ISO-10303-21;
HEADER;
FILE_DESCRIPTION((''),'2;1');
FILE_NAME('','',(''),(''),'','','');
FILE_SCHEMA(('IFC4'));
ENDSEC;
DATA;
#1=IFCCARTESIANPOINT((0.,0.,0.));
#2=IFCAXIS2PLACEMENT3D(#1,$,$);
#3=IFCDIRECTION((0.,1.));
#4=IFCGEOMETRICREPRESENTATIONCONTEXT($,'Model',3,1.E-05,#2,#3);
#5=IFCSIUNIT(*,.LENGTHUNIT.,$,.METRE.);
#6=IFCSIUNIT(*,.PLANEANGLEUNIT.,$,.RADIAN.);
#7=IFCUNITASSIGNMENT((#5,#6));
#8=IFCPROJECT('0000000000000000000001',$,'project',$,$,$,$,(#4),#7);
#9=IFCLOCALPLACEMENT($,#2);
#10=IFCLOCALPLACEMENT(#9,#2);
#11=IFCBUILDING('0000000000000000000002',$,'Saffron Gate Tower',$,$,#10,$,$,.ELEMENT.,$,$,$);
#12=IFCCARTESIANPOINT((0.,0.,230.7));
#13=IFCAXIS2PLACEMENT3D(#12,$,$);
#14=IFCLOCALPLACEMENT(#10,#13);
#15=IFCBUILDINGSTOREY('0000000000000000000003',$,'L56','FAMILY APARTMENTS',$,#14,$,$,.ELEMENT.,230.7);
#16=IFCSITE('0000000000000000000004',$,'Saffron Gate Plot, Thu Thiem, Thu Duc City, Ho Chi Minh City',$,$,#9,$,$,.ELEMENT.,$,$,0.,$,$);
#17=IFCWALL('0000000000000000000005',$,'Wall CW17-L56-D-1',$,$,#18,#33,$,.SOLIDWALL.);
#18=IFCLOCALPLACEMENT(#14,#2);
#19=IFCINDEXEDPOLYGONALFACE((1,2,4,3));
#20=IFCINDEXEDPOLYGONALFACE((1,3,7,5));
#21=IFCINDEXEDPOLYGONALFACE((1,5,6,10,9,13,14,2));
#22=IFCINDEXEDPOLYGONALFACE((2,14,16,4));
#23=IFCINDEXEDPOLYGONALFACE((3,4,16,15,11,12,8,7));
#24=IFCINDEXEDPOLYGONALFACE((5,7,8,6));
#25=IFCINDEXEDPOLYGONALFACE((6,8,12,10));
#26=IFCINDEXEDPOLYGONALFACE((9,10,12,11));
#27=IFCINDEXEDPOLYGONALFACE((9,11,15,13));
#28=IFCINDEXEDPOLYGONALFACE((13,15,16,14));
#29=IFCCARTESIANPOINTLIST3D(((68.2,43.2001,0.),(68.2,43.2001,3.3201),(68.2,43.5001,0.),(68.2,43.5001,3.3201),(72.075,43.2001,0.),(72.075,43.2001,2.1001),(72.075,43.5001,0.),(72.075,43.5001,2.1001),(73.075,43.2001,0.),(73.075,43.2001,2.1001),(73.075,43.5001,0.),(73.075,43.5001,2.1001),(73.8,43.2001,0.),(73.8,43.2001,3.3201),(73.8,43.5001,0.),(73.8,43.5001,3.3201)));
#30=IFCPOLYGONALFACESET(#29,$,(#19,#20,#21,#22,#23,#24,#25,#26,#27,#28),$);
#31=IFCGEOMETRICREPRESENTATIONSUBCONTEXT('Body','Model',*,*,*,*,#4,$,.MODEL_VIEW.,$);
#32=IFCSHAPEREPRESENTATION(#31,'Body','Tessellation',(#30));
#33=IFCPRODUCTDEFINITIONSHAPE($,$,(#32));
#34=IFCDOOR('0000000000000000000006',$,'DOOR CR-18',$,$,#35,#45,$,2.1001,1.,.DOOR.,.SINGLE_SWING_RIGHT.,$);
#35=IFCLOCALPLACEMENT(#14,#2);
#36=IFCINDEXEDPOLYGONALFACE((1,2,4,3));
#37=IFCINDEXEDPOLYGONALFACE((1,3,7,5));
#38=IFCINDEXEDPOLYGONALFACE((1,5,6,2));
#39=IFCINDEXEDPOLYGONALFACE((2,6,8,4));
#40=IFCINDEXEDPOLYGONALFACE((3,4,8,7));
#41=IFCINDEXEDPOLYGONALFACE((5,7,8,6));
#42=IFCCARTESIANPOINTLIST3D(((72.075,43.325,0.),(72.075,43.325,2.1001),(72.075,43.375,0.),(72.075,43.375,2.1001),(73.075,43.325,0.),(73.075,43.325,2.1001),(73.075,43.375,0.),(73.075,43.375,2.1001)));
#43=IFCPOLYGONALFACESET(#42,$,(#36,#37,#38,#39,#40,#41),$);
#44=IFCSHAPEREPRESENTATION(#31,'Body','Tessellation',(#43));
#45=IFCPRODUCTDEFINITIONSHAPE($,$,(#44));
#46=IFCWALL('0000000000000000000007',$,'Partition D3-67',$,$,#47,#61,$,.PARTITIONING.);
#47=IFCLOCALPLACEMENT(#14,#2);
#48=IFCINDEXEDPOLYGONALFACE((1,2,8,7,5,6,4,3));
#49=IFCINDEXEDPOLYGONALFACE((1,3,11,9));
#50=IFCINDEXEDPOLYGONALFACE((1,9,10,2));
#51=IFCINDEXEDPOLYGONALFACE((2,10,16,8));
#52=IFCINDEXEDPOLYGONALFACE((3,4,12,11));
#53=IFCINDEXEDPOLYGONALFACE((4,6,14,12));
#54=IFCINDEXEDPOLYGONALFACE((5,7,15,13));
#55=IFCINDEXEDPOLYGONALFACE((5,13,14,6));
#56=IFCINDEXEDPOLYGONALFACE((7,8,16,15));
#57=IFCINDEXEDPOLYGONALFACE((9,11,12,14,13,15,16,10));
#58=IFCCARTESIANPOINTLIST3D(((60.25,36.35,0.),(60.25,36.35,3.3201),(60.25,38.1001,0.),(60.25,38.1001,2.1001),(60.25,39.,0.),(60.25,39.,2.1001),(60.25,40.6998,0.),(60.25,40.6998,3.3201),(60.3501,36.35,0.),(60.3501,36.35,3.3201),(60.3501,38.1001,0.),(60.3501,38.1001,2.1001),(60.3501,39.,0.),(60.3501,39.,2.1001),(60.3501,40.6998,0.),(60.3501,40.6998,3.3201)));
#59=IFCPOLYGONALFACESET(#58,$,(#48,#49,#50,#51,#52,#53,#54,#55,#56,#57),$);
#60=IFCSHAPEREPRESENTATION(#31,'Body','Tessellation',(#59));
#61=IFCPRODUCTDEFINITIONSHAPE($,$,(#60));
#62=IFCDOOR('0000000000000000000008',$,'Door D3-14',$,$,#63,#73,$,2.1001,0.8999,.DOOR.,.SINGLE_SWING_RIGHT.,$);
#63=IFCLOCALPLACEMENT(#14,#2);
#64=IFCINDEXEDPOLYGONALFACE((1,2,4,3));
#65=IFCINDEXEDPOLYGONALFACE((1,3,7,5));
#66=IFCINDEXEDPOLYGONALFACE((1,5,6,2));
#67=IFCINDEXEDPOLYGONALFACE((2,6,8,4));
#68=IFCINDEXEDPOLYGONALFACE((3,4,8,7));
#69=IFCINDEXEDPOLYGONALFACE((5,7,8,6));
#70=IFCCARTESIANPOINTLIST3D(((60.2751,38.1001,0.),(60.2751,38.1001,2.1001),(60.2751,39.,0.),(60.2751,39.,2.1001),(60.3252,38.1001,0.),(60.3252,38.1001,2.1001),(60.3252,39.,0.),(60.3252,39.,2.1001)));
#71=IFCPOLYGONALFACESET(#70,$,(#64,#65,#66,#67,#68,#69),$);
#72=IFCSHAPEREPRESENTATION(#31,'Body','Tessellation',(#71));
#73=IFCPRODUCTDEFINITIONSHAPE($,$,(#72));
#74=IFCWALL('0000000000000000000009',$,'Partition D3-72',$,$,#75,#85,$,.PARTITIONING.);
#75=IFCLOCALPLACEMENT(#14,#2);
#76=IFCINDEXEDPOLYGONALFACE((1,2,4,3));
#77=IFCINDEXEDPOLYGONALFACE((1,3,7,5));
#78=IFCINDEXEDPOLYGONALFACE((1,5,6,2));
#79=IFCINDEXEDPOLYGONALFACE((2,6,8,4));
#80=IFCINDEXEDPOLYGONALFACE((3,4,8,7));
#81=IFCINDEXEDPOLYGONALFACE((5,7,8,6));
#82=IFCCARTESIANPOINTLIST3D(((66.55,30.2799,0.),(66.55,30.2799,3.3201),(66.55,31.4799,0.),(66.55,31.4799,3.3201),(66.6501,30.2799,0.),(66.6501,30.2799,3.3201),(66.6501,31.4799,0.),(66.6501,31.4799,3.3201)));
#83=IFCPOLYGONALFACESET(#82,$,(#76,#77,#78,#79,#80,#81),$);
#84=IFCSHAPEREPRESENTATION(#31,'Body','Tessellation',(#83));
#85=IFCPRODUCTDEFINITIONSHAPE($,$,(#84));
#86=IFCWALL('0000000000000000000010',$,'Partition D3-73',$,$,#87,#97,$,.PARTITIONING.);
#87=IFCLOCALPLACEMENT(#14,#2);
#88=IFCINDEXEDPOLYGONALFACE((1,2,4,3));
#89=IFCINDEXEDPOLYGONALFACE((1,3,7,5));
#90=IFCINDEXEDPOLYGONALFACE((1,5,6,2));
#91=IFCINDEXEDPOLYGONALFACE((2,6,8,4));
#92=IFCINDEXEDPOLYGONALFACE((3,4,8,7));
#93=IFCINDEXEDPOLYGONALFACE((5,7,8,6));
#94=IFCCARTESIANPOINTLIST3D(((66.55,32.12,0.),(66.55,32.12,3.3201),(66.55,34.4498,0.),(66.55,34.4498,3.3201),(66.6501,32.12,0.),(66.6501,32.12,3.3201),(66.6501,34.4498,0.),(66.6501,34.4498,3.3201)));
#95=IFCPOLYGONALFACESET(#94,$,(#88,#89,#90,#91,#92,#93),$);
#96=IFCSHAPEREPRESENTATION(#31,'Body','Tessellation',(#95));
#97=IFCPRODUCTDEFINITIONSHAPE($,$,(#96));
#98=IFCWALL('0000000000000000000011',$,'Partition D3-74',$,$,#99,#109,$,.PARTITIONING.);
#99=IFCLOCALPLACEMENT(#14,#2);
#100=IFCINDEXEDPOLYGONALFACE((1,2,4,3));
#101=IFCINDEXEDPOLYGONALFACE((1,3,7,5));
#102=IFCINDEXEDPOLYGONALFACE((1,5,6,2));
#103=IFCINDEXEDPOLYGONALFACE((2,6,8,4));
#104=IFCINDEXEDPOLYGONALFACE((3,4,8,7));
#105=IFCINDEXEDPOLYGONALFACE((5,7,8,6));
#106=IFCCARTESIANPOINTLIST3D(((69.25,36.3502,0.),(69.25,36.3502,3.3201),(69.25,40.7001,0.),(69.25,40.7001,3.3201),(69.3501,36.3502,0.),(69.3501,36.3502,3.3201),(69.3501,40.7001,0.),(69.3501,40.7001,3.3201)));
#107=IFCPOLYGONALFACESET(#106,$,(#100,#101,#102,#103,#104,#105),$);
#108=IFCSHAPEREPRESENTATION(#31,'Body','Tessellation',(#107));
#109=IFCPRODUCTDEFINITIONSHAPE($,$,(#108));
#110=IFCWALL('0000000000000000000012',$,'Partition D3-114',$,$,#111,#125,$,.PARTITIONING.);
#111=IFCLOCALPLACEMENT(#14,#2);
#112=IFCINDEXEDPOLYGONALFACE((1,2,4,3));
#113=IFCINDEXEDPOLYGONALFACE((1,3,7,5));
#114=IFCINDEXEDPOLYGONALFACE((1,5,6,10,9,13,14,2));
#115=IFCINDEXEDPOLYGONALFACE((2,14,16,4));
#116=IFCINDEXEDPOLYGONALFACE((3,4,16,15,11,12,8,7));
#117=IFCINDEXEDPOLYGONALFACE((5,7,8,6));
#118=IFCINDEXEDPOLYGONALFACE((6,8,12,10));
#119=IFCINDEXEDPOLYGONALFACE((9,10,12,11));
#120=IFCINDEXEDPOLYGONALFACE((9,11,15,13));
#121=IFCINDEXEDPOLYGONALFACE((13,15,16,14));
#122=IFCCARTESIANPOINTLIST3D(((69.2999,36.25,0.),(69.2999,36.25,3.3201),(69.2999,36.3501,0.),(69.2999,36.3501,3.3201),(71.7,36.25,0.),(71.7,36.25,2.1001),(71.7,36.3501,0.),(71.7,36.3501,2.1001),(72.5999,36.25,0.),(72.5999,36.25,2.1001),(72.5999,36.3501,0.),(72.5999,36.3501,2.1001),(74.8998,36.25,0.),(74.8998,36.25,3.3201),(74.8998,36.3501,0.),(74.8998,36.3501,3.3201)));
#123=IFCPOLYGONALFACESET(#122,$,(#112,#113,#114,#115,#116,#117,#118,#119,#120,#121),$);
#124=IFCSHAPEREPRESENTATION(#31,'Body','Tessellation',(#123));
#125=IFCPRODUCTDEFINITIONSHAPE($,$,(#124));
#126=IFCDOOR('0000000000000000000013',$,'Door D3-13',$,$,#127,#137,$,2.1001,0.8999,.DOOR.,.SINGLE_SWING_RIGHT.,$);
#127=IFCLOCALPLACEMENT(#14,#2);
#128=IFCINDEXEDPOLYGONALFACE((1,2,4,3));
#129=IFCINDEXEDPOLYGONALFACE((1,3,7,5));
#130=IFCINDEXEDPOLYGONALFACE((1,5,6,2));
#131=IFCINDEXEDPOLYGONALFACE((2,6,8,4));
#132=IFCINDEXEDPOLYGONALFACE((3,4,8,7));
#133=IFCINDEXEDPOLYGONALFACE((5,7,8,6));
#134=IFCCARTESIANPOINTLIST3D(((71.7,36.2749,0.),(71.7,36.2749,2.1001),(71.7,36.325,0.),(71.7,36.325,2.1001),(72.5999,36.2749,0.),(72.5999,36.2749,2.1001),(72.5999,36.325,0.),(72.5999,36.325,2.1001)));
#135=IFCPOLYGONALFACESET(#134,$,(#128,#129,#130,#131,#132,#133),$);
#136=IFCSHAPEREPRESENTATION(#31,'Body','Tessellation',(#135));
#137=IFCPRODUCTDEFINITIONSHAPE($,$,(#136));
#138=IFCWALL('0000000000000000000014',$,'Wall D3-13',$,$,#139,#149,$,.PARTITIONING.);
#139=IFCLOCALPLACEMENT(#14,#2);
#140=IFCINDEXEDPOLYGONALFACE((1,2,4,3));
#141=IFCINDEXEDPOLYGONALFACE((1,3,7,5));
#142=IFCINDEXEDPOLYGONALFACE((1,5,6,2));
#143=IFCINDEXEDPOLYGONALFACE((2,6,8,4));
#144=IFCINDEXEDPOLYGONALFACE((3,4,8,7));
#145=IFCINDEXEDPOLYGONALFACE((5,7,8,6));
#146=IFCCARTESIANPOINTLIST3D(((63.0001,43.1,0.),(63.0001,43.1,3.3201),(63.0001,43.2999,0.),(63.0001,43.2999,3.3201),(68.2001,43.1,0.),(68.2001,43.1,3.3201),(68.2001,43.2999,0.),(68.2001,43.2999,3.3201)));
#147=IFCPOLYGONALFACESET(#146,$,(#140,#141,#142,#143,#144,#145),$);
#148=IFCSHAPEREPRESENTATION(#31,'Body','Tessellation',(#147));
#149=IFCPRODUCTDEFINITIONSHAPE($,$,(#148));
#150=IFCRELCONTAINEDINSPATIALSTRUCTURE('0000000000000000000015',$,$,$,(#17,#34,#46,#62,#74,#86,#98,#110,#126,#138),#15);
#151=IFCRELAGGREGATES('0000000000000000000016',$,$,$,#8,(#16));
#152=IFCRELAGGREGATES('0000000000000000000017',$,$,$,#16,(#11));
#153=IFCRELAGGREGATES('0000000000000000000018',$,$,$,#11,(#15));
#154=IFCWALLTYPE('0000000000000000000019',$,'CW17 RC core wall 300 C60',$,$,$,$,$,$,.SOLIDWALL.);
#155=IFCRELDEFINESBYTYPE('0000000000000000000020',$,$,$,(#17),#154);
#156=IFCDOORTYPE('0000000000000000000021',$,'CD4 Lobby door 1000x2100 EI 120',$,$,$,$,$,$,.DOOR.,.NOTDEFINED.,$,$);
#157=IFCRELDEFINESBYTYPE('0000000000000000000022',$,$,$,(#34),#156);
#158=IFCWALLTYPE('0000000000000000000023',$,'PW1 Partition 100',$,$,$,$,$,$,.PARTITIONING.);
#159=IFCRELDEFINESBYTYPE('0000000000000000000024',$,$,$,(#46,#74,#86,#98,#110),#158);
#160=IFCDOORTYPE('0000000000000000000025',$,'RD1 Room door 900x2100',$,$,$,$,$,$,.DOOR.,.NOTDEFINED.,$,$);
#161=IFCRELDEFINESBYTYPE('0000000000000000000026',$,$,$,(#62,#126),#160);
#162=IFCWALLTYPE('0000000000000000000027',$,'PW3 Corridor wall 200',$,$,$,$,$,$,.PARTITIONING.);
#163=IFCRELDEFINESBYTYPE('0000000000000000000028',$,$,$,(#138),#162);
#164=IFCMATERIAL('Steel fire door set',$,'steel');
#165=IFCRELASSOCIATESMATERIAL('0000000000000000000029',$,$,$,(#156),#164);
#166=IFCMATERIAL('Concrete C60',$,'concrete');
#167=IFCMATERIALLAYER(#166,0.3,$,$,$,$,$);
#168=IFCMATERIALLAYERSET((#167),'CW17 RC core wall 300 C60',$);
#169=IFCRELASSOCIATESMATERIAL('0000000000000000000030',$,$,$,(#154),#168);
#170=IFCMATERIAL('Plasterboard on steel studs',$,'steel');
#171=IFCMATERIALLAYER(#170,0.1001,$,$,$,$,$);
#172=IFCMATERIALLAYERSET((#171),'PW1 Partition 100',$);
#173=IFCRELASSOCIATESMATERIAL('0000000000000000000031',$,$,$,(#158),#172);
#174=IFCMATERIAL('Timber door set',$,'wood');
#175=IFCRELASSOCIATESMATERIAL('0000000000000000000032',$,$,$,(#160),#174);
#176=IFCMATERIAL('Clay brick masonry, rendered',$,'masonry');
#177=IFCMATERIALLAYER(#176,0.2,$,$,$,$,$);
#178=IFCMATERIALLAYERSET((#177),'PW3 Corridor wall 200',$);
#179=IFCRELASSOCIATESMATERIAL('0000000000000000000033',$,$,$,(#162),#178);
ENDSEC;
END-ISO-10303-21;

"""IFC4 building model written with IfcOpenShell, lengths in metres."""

from ifc_helpers import new_model, si_unit, direction, frame, frame_2d, origin, place, context, subcontext, project, spatial, rectangle, extrude, material, layer, layer_set, type_object, element, fill, save


model = new_model("IFC4")

# Units and contexts
model_context = context("Model", 3, precision=1e-05, world=origin(), true_north=direction((0.0, 1.0)))
body_context = subcontext(model_context, "Body", "Model", "MODEL_VIEW")
ifc_project = project(units=[si_unit("LENGTHUNIT", "METRE"), si_unit("PLANEANGLEUNIT", "RADIAN")], contexts=[model_context])

# Site, building, storey
site_placement = place(None, origin())
site = spatial("IfcSite", under=ifc_project, at=site_placement, Name="Saffron Gate Plot, Thu Thiem, Thu Duc City, Ho Chi Minh City", CompositionType="ELEMENT", RefElevation=0.0)
building_placement = place(site_placement, origin())
building = spatial("IfcBuilding", under=site, at=building_placement, Name="Saffron Gate Tower", CompositionType="ELEMENT")
storey_placement = place(building_placement, frame((0.0, 0.0, 230.7)))
storey = spatial("IfcBuildingStorey", under=building, at=storey_placement, Name="L56", Description="FAMILY APARTMENTS", CompositionType="ELEMENT", Elevation=230.7)

# Shared definitions
ifc_material_1 = material(Name="Steel fire door set", Category="steel")
door_type_1 = type_object("IfcDoorType", Name="CD4 Lobby door 1000x2100 EI 120", OperationType="NOTDEFINED", PredefinedType="DOOR", material=ifc_material_1)

# Shared definitions
ifc_material_2 = material(Name="Concrete C60", Category="concrete")

# Walls, openings, doors
ifc_layer_1 = layer(ifc_material_2, 0.3)
ifc_layer_set_1 = layer_set([ifc_layer_1], Name="CW17 RC core wall 300 C60")
wall_type_1 = type_object("IfcWallType", Name="CW17 RC core wall 300 C60", PredefinedType="SOLIDWALL", material=ifc_layer_set_1)
wall_1_placement = place(storey_placement, frame((68.2, 43.3501, 0.0), z_axis=(0.0, 0.0, 1.0), x_axis=(1.0, 0.0, 0.0)))
wall_1 = element("IfcWall", 1, at=wall_1_placement, inside=storey, type_object=wall_type_1, Name="Wall CW17-L56-D-1", PredefinedType="SOLIDWALL", context=body_context, shape_type="SweptSolid", body=[
    extrude(rectangle(XDim=5.6001, YDim=0.3, at=frame_2d((2.8, 0.0))), origin(), (0.0, 0.0, 1.0), 3.3201),
])
opening_1_placement = place(wall_1_placement, frame((3.875, 0.0, 0.0)))
opening_1 = element("IfcOpeningElement", 2, at=opening_1_placement, cuts=wall_1, PredefinedType="OPENING", context=body_context, shape_type="SweptSolid", body=[
    extrude(rectangle(XDim=1.0, YDim=2.1001, at=frame_2d((0.5, 1.05))), frame((0.0, 0.1602, 0.0), z_axis=(0.0, -1.0, 0.0), x_axis=(1.0, 0.0, 0.0)), (0.0, 0.0, 1.0), 0.3201),
])
door_1_placement = place(opening_1_placement, origin())
door_1 = element("IfcDoor", 3, at=door_1_placement, inside=storey, type_object=door_type_1, Name="DOOR CR-18", OperationType="SINGLE_SWING_RIGHT", OverallHeight=2.1001, OverallWidth=1.0, PredefinedType="DOOR", context=body_context, shape_type="SweptSolid", body=[
    extrude(rectangle(XDim=1.0, YDim=2.1001, at=frame_2d((0.5, 1.05))), frame((0.0, 0.0249, 0.0), z_axis=(0.0, -1.0, 0.0), x_axis=(1.0, 0.0, 0.0)), (0.0, 0.0, 1.0), 0.05),
])
fill(opening_1, door_1)
ifc_material_3 = material(Name="Plasterboard on steel studs", Category="steel")
ifc_layer_2 = layer(ifc_material_3, 0.1001)
ifc_layer_set_2 = layer_set([ifc_layer_2], Name="PW1 Partition 100")
wall_type_2 = type_object("IfcWallType", Name="PW1 Partition 100", PredefinedType="PARTITIONING", material=ifc_layer_set_2)
wall_2_placement = place(storey_placement, frame((60.3, 36.3501, 0.0), z_axis=(0.0, 0.0, 1.0), x_axis=(0.0, 1.0, 0.0)))
wall_2 = element("IfcWall", 4, at=wall_2_placement, inside=storey, type_object=wall_type_2, Name="Partition D3-67", PredefinedType="PARTITIONING", context=body_context, shape_type="SweptSolid", body=[
    extrude(rectangle(XDim=4.3499, YDim=0.1001, at=frame_2d((2.1748, 0.0))), origin(), (0.0, 0.0, 1.0), 3.3201),
])
opening_2_placement = place(wall_2_placement, frame((1.75, 0.0, 0.0)))
opening_2 = element("IfcOpeningElement", 5, at=opening_2_placement, cuts=wall_2, PredefinedType="OPENING", context=body_context, shape_type="SweptSolid", body=[
    extrude(rectangle(XDim=0.8999, YDim=2.1001, at=frame_2d((0.45, 1.05))), frame((0.0, 0.0601, 0.0), z_axis=(0.0, -1.0, 0.0), x_axis=(1.0, 0.0, 0.0)), (0.0, 0.0, 1.0), 0.1201),
])
ifc_material_4 = material(Name="Timber door set", Category="wood")
door_type_2 = type_object("IfcDoorType", Name="RD1 Room door 900x2100", OperationType="NOTDEFINED", PredefinedType="DOOR", material=ifc_material_4)
door_2_placement = place(opening_2_placement, origin())
door_2 = element("IfcDoor", 6, at=door_2_placement, inside=storey, type_object=door_type_2, Name="Door D3-14", OperationType="SINGLE_SWING_RIGHT", OverallHeight=2.1001, OverallWidth=0.8999, PredefinedType="DOOR", context=body_context, shape_type="SweptSolid", body=[
    extrude(rectangle(XDim=0.8999, YDim=2.1001, at=frame_2d((0.45, 1.05))), frame((0.0, 0.0249, 0.0), z_axis=(0.0, -1.0, 0.0), x_axis=(1.0, 0.0, 0.0)), (0.0, 0.0, 1.0), 0.05),
])
fill(opening_2, door_2)

# Walls
wall_3_placement = place(storey_placement, frame((66.6001, 31.48, 0.0), z_axis=(0.0, 0.0, 1.0), x_axis=(0.0, -1.0, 0.0)))
element("IfcWall", 7, at=wall_3_placement, inside=storey, type_object=wall_type_2, Name="Partition D3-72", PredefinedType="PARTITIONING", context=body_context, shape_type="SweptSolid", body=[
    extrude(rectangle(XDim=1.2, YDim=0.1001, at=frame_2d((0.6001, 0.0))), origin(), (0.0, 0.0, 1.0), 3.3201),
])
wall_4_placement = place(storey_placement, frame((66.6001, 34.45, 0.0), z_axis=(0.0, 0.0, 1.0), x_axis=(0.0, -1.0, 0.0)))
element("IfcWall", 8, at=wall_4_placement, inside=storey, type_object=wall_type_2, Name="Partition D3-73", PredefinedType="PARTITIONING", context=body_context, shape_type="SweptSolid", body=[
    extrude(rectangle(XDim=2.3298, YDim=0.1001, at=frame_2d((1.165, 0.0))), origin(), (0.0, 0.0, 1.0), 3.3201),
])
wall_5_placement = place(storey_placement, frame((69.3, 40.7, 0.0), z_axis=(0.0, 0.0, 1.0), x_axis=(0.0, -1.0, 0.0)))
element("IfcWall", 9, at=wall_5_placement, inside=storey, type_object=wall_type_2, Name="Partition D3-74", PredefinedType="PARTITIONING", context=body_context, shape_type="SweptSolid", body=[
    extrude(rectangle(XDim=4.3499, YDim=0.1001, at=frame_2d((2.1748, 0.0))), origin(), (0.0, 0.0, 1.0), 3.3201),
])

# Wall, opening, door
wall_6_placement = place(storey_placement, frame((69.3, 36.3, 0.0), z_axis=(0.0, 0.0, 1.0), x_axis=(1.0, 0.0, 0.0)))
wall_6 = element("IfcWall", 10, at=wall_6_placement, inside=storey, type_object=wall_type_2, Name="Partition D3-114", PredefinedType="PARTITIONING", context=body_context, shape_type="SweptSolid", body=[
    extrude(rectangle(XDim=5.5999, YDim=0.1001, at=frame_2d((2.7998, 0.0))), origin(), (0.0, 0.0, 1.0), 3.3201),
])
opening_3_placement = place(wall_6_placement, frame((2.3999, 0.0, 0.0)))
opening_3 = element("IfcOpeningElement", 11, at=opening_3_placement, cuts=wall_6, PredefinedType="OPENING", context=body_context, shape_type="SweptSolid", body=[
    extrude(rectangle(XDim=0.8999, YDim=2.1001, at=frame_2d((0.45, 1.05))), frame((0.0, 0.0601, 0.0), z_axis=(0.0, -1.0, 0.0), x_axis=(1.0, 0.0, 0.0)), (0.0, 0.0, 1.0), 0.1201),
])
door_3_placement = place(opening_3_placement, origin())
door_3 = element("IfcDoor", 12, at=door_3_placement, inside=storey, type_object=door_type_2, Name="Door D3-13", OperationType="SINGLE_SWING_RIGHT", OverallHeight=2.1001, OverallWidth=0.8999, PredefinedType="DOOR", context=body_context, shape_type="SweptSolid", body=[
    extrude(rectangle(XDim=0.8999, YDim=2.1001, at=frame_2d((0.45, 1.05))), frame((0.0, 0.0249, 0.0), z_axis=(0.0, -1.0, 0.0), x_axis=(1.0, 0.0, 0.0)), (0.0, 0.0, 1.0), 0.05),
])
fill(opening_3, door_3)

# Wall
ifc_material_5 = material(Name="Clay brick masonry, rendered", Category="masonry")
ifc_layer_3 = layer(ifc_material_5, 0.2)
ifc_layer_set_3 = layer_set([ifc_layer_3], Name="PW3 Corridor wall 200")
wall_type_3 = type_object("IfcWallType", Name="PW3 Corridor wall 200", PredefinedType="PARTITIONING", material=ifc_layer_set_3)
wall_7_placement = place(storey_placement, frame((63.0, 43.2, 0.0), z_axis=(0.0, 0.0, 1.0), x_axis=(1.0, 0.0, 0.0)))
element("IfcWall", 13, at=wall_7_placement, inside=storey, type_object=wall_type_3, Name="Wall D3-13", PredefinedType="PARTITIONING", context=body_context, shape_type="SweptSolid", body=[
    extrude(rectangle(XDim=5.2, YDim=0.2, at=frame_2d((2.6001, 0.0))), origin(), (0.0, 0.0, 1.0), 3.3201),
])

save(model, "model.ifc")
